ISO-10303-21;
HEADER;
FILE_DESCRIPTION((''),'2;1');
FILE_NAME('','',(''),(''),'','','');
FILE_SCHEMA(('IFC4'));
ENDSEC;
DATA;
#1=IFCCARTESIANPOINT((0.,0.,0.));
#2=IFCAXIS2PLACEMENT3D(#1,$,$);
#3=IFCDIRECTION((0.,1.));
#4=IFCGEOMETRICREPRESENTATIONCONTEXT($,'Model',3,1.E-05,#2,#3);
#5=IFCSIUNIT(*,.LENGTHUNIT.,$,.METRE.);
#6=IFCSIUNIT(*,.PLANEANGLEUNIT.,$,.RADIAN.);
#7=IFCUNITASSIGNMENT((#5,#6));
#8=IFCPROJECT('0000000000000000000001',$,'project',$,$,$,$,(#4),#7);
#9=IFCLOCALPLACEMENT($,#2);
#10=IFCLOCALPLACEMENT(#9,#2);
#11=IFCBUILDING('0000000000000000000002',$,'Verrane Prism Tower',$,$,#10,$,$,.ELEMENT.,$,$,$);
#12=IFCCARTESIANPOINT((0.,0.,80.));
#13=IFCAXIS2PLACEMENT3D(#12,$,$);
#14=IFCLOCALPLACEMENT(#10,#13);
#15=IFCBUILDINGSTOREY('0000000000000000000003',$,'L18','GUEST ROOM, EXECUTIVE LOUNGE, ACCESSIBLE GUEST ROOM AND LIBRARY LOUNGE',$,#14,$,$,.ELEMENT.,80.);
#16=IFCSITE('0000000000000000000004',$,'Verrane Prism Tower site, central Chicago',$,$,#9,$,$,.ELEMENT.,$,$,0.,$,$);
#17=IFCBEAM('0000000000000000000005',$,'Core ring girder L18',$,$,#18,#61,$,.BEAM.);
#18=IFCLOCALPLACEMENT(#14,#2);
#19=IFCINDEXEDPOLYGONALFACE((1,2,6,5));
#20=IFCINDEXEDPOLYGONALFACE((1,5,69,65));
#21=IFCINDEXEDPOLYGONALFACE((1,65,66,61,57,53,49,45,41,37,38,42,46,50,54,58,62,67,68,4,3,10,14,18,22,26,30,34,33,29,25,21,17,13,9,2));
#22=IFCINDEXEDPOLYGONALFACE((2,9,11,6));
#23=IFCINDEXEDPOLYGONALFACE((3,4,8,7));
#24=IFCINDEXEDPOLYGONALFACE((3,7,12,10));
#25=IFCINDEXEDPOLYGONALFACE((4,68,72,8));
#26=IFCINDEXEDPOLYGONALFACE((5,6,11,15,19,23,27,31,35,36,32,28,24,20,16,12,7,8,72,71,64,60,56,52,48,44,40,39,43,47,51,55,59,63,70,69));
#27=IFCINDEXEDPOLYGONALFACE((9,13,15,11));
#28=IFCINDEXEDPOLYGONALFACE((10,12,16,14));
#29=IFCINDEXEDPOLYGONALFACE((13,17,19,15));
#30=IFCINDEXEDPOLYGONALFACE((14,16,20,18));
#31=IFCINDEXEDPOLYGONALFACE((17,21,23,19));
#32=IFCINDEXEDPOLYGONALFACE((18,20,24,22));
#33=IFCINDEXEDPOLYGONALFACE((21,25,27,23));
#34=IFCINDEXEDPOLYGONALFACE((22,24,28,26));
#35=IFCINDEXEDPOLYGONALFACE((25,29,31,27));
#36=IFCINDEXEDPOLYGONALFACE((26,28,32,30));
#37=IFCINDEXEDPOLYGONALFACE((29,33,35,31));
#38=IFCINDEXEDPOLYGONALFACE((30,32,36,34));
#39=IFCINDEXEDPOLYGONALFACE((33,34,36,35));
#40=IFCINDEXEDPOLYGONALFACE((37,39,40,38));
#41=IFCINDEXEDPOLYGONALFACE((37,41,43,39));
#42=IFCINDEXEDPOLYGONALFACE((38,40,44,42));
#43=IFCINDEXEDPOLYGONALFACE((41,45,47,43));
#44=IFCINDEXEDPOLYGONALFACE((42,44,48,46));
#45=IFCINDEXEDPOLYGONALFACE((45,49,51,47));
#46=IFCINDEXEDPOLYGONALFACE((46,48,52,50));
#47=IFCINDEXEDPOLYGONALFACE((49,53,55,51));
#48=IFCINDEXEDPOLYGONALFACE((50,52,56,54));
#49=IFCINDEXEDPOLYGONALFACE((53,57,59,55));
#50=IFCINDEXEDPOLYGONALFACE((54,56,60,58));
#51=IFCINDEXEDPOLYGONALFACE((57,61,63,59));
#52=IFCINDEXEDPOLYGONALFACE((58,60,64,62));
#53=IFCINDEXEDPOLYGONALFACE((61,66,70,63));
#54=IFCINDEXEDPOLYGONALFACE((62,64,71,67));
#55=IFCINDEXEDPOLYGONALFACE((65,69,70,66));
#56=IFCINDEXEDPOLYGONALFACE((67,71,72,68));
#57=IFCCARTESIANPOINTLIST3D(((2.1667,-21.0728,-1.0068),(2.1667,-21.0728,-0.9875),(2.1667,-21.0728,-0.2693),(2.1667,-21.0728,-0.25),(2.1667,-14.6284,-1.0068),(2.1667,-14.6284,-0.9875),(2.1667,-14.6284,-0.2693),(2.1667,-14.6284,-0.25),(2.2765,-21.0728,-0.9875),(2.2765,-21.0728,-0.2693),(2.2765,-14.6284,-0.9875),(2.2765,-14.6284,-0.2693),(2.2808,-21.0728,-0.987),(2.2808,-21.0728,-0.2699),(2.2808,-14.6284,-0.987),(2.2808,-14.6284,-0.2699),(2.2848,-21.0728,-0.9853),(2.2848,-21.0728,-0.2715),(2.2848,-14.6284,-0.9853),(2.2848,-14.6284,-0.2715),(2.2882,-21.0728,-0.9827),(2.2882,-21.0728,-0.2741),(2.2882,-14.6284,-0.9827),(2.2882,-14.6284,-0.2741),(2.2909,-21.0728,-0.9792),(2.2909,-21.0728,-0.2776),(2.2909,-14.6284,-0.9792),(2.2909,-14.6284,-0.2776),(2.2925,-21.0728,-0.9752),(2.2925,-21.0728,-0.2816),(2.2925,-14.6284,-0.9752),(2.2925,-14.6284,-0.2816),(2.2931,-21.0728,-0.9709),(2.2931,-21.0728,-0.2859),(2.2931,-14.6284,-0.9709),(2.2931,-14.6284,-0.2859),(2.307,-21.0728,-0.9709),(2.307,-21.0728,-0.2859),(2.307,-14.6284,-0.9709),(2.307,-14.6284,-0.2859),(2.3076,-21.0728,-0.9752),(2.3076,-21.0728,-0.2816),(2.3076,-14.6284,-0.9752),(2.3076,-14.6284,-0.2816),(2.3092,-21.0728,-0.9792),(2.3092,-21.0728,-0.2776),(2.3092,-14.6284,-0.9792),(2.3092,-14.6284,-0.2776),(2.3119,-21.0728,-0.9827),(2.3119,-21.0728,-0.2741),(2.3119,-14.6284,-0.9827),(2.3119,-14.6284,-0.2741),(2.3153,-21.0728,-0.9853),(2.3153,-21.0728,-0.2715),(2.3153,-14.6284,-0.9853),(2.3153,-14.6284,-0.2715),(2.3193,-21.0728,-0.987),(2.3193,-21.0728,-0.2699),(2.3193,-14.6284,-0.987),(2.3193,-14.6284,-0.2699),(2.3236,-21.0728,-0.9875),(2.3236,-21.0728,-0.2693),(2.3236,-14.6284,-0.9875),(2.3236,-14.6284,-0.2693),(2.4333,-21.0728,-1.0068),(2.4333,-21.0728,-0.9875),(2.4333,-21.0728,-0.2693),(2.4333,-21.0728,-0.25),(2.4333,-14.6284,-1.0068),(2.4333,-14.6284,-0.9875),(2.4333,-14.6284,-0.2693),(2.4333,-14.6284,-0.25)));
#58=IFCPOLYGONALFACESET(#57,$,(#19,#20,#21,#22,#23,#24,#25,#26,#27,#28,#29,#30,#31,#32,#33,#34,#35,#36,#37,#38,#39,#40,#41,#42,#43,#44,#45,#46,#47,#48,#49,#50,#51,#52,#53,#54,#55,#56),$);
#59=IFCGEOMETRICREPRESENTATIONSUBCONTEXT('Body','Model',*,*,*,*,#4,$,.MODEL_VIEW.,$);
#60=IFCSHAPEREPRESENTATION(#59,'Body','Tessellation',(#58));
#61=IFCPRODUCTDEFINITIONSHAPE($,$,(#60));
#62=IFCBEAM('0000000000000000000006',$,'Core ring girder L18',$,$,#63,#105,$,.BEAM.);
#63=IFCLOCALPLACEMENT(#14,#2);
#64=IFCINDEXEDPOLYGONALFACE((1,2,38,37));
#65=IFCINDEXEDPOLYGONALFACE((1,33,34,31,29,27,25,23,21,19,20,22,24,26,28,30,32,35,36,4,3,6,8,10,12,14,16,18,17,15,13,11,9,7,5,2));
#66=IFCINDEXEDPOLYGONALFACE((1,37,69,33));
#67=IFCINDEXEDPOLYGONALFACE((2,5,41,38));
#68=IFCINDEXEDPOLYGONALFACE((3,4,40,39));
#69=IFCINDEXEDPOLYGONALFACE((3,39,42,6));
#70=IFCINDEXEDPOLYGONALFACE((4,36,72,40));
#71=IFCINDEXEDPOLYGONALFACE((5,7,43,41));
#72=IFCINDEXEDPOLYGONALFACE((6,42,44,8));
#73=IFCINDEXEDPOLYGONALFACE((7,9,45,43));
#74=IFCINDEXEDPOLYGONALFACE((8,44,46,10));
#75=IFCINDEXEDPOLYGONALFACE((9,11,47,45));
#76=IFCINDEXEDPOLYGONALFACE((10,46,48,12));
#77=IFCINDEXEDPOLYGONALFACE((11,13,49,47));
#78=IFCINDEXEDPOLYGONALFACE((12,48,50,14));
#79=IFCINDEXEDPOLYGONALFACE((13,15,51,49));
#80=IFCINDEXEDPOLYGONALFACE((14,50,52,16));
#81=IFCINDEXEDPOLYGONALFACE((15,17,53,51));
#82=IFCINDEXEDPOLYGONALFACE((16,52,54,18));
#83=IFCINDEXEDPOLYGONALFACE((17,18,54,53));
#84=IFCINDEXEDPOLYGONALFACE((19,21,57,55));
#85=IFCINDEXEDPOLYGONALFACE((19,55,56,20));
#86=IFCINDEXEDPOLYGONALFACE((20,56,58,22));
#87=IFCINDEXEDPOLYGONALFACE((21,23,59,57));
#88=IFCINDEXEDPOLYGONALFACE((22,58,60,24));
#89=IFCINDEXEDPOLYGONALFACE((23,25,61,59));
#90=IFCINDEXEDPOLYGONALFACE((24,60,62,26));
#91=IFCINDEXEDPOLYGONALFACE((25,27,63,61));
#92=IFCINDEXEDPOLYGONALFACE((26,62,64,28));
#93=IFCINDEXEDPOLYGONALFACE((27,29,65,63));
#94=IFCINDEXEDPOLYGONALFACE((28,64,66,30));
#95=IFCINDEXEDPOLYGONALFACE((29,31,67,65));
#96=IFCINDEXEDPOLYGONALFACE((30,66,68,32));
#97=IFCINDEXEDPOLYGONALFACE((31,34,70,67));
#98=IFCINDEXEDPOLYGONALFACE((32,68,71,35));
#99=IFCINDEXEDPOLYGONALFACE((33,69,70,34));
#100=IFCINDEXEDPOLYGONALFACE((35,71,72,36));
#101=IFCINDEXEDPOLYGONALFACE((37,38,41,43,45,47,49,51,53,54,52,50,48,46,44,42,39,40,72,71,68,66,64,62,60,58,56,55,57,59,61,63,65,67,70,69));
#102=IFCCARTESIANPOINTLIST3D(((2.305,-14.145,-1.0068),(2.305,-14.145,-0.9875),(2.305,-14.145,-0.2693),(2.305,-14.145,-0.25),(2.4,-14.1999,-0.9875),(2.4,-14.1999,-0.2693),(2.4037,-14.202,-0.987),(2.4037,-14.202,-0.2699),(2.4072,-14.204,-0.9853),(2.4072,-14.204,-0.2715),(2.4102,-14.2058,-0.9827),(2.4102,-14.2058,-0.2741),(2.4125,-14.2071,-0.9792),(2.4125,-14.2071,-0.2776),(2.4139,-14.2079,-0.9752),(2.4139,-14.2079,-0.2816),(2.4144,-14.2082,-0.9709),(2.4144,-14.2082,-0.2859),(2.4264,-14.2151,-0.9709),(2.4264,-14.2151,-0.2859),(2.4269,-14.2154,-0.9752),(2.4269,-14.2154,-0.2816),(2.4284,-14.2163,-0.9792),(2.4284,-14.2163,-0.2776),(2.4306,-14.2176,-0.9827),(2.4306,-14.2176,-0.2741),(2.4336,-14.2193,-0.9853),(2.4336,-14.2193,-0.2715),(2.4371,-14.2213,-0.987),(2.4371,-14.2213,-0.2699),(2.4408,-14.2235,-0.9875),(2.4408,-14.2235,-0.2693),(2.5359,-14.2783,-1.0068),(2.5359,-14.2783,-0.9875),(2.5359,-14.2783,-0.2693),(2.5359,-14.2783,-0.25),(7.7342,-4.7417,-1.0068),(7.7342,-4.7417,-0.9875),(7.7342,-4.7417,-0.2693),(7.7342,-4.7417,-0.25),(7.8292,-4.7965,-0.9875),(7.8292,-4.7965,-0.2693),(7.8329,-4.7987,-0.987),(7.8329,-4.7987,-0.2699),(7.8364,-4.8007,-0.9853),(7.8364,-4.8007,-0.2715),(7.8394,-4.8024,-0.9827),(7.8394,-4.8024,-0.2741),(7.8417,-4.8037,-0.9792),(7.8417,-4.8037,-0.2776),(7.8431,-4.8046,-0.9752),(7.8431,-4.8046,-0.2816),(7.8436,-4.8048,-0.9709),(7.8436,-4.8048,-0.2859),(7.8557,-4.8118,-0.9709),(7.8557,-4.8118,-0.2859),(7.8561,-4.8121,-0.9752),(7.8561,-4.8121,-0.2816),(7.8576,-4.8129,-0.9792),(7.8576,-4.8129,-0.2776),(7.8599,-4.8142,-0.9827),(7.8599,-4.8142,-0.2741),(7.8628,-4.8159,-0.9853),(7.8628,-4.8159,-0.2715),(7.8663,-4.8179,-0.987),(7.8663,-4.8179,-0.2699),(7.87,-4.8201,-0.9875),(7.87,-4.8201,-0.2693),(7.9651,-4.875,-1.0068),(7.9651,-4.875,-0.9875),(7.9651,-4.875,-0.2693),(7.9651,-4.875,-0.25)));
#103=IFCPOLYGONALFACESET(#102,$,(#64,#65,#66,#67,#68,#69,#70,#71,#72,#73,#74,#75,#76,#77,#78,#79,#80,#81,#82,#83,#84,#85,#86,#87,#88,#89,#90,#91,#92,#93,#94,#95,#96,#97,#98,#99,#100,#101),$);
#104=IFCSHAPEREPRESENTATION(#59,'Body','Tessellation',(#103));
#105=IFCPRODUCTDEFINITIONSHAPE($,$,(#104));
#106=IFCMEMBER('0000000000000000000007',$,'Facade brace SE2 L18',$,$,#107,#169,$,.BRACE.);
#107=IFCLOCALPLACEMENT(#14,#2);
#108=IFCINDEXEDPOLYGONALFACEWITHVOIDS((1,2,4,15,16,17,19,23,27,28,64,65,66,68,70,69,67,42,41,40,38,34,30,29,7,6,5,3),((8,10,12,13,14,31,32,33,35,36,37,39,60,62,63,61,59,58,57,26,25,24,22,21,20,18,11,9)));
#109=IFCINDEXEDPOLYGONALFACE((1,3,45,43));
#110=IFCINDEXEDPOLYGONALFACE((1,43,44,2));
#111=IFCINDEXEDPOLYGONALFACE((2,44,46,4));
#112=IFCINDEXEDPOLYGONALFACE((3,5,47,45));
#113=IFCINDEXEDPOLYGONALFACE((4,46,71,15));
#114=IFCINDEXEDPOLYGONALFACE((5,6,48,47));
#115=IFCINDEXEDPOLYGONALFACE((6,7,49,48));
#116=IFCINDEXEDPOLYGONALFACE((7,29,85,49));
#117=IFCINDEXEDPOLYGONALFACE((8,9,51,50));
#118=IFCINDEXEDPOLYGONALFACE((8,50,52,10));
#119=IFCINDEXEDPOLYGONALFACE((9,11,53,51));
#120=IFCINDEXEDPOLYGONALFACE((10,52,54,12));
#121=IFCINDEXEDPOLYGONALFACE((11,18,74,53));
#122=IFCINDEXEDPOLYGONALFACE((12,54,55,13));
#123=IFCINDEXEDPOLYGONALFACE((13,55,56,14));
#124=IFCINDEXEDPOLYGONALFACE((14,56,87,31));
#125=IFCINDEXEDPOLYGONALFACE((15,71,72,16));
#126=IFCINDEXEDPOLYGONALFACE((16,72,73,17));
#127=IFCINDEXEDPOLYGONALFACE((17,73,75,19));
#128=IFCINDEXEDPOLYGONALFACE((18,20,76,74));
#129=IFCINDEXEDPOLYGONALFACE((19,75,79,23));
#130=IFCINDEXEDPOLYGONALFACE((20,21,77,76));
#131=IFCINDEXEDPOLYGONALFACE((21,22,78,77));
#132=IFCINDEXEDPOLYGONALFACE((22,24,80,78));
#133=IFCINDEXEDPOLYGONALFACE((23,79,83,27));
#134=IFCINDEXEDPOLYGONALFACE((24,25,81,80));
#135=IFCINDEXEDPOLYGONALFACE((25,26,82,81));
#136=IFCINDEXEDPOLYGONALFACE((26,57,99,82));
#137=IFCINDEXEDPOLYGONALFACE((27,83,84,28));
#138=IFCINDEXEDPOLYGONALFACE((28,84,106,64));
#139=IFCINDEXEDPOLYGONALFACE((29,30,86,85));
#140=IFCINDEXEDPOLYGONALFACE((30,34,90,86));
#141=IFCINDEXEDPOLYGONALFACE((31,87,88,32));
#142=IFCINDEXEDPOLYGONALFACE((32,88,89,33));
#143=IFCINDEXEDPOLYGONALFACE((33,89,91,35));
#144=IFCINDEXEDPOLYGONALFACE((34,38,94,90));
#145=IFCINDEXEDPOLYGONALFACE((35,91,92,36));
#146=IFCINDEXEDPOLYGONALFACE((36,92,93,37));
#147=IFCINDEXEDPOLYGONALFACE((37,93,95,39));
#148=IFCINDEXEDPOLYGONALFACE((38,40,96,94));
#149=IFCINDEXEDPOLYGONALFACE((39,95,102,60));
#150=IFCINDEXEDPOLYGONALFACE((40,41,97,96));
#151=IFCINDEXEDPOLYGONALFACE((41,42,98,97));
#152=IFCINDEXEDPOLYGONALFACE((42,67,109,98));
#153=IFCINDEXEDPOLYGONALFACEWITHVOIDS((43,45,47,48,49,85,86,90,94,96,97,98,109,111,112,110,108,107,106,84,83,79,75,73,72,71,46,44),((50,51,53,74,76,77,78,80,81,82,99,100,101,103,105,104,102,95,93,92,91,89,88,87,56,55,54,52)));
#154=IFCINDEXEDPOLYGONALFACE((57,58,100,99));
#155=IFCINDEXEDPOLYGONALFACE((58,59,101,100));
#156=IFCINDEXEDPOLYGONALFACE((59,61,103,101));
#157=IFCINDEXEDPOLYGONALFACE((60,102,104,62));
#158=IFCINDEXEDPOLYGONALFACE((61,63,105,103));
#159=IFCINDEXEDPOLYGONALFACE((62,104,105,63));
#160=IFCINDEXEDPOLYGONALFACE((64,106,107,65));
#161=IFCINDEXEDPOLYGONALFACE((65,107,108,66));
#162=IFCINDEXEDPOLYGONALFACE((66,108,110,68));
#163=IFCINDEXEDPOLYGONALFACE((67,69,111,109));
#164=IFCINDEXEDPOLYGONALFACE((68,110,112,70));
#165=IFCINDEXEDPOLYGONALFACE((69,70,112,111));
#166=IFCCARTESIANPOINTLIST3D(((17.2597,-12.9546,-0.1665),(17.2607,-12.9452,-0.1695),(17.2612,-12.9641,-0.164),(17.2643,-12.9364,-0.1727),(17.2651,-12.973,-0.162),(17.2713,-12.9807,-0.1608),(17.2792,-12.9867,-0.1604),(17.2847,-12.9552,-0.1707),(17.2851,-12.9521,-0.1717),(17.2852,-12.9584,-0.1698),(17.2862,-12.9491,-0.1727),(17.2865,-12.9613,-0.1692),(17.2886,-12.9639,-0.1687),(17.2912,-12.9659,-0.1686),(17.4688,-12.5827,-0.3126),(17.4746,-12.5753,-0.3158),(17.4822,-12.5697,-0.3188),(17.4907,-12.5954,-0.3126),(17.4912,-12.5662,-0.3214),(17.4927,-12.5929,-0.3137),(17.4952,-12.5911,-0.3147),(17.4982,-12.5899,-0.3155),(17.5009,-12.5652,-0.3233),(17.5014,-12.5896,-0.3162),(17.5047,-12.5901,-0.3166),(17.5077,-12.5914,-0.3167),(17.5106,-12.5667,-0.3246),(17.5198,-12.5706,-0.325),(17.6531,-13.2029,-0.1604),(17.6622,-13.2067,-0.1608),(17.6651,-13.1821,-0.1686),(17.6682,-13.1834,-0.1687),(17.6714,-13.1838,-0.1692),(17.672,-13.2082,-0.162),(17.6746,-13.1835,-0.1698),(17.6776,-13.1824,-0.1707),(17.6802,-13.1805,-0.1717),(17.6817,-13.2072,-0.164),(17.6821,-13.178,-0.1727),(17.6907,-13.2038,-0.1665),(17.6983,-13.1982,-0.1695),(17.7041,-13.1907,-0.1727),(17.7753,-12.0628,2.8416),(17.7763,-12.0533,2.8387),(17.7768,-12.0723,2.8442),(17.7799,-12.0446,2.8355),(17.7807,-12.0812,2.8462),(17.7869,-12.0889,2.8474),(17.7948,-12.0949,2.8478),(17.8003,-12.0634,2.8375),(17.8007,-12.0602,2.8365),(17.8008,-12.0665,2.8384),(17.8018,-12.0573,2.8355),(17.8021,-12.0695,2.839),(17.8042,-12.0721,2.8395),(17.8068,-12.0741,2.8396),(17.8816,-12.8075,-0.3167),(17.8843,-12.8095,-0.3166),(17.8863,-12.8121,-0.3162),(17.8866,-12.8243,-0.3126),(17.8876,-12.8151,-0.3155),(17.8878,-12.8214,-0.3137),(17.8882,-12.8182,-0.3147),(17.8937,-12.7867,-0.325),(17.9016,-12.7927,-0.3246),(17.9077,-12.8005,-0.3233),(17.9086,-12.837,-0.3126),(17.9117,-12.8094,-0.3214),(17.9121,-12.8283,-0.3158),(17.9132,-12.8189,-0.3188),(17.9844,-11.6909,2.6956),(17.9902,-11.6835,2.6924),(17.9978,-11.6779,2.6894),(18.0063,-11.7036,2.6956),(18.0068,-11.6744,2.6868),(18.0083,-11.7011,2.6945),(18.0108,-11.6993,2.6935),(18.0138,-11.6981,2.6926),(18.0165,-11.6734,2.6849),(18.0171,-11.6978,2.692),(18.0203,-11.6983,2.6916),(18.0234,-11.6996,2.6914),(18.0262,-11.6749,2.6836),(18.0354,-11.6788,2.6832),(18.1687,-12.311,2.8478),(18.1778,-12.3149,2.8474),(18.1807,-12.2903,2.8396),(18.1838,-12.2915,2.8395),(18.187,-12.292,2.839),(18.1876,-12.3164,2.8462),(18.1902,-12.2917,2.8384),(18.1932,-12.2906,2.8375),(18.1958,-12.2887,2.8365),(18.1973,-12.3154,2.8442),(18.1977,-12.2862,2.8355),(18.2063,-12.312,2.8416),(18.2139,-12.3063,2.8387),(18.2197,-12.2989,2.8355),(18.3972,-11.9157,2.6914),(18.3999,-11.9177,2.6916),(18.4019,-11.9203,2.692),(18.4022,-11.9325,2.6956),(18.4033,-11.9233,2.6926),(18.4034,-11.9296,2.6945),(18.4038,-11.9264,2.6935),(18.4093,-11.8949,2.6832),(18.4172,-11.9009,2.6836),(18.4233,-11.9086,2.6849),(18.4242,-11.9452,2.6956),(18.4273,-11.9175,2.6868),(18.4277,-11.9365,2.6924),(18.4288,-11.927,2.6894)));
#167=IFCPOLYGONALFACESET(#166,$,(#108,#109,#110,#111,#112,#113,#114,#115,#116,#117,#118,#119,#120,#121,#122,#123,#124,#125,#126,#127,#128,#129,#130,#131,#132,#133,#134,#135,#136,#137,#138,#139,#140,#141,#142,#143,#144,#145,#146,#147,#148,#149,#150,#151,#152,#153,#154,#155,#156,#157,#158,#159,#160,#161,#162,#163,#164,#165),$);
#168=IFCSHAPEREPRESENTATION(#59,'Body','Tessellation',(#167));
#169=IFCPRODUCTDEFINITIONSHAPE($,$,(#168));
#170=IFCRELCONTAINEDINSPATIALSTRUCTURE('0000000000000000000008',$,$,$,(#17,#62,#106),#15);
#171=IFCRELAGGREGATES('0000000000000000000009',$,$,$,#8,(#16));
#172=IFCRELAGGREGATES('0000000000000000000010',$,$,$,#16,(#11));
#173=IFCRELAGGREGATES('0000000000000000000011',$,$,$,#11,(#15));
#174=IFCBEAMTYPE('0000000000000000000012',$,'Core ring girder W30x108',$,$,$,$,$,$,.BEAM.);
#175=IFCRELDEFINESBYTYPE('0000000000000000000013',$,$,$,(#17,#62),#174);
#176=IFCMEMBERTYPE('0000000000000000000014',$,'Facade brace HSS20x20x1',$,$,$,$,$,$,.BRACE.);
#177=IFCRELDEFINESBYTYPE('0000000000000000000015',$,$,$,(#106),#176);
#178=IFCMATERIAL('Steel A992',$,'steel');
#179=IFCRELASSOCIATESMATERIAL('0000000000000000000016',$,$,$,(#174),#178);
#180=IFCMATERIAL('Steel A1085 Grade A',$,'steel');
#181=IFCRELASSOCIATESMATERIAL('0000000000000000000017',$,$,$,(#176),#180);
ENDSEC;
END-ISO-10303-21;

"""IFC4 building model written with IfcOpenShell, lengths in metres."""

from ifc_helpers import new_model, si_unit, direction, frame, origin, origin_2d, place, context, subcontext, project, spatial, hollow_rectangle, i_section, extrude, material, material_profile, profile_set, type_object, element, save


model = new_model("IFC4")

# Units and contexts
model_context = context("Model", 3, precision=1e-05, world=origin(), true_north=direction((0.0, 1.0)))
body_context = subcontext(model_context, "Body", "Model", "MODEL_VIEW")
ifc_project = project(units=[si_unit("LENGTHUNIT", "METRE"), si_unit("PLANEANGLEUNIT", "RADIAN")], contexts=[model_context])

# Site, building, storey
site_placement = place(None, origin())
site = spatial("IfcSite", under=ifc_project, at=site_placement, Name="Verrane Prism Tower site, central Chicago", CompositionType="ELEMENT", RefElevation=0.0)
building_placement = place(site_placement, origin())
building = spatial("IfcBuilding", under=site, at=building_placement, Name="Verrane Prism Tower", CompositionType="ELEMENT")
storey_placement = place(building_placement, frame((0.0, 0.0, 80.0)))
storey = spatial("IfcBuildingStorey", under=building, at=storey_placement, Name="L18", Description="GUEST ROOM, EXECUTIVE LOUNGE, ACCESSIBLE GUEST ROOM AND LIBRARY LOUNGE", CompositionType="ELEMENT", Elevation=80.0)

# Beams
ifc_material_1 = material(Name="Steel A992", Category="steel")
ifc_material_profile_1 = material_profile(ifc_material_1, i_section(OverallWidth=0.2666, OverallDepth=0.7568, WebThickness=0.0139, FlangeThickness=0.0193, FilletRadius=0.0166, at=origin_2d()), Name="W30x108")
ifc_profile_set_1 = profile_set([ifc_material_profile_1], Name="Steel A992")
beam_type_1 = type_object("IfcBeamType", Name="Core ring girder W30x108", PredefinedType="BEAM", material=ifc_profile_set_1)
beam_1_placement = place(storey_placement, frame((2.3, -21.0728, -0.6284), z_axis=(0.0, 1.0, 0.0), x_axis=(-1.0, 0.0, 0.0)))
element("IfcBeam", 1, at=beam_1_placement, inside=storey, type_object=beam_type_1, Name="Core ring girder L18", PredefinedType="BEAM", context=body_context, shape_type="SweptSolid", body=[
    extrude(i_section(OverallWidth=0.2666, OverallDepth=0.7568, WebThickness=0.0139, FlangeThickness=0.0193, FilletRadius=0.0166, at=origin_2d()), origin(), (0.0, 0.0, 1.0), 6.4443),
])
beam_2_placement = place(storey_placement, frame((2.4204, -14.2117, -0.6284), z_axis=(0.500013, 0.866018, 0.0), x_axis=(-0.866018, 0.500013, 0.0)))
element("IfcBeam", 2, at=beam_2_placement, inside=storey, type_object=beam_type_1, Name="Core ring girder L18", PredefinedType="BEAM", context=body_context, shape_type="SweptSolid", body=[
    extrude(i_section(OverallWidth=0.2666, OverallDepth=0.7568, WebThickness=0.0139, FlangeThickness=0.0193, FilletRadius=0.0166, at=origin_2d()), origin(), (0.0, 0.0, 1.0), 10.8582),
])

# Member
ifc_material_2 = material(Name="Steel A1085 Grade A", Category="steel")
ifc_material_profile_2 = material_profile(ifc_material_2, hollow_rectangle(XDim=0.5081, YDim=0.5081, WallThickness=0.0254, InnerFilletRadius=0.0127, OuterFilletRadius=0.0381, at=origin_2d()), Name="HSS20x20x1")
ifc_profile_set_2 = profile_set([ifc_material_profile_2], Name="Steel A1085 Grade A")
member_type_1 = type_object("IfcMemberType", Name="Facade brace HSS20x20x1", PredefinedType="BRACE", material=ifc_profile_set_2)
member_1_placement = place(storey_placement, frame((17.5864, -12.8867, -0.2427), z_axis=(0.162156, 0.280472, 0.946066), x_axis=(-0.865724, 0.500522, 0.0)))
element("IfcMember", 3, at=member_1_placement, inside=storey, type_object=member_type_1, Name="Facade brace SE2 L18", PredefinedType="BRACE", context=body_context, shape_type="SweptSolid", body=[
    extrude(hollow_rectangle(XDim=0.5081, YDim=0.5081, WallThickness=0.0254, InnerFilletRadius=0.0127, OuterFilletRadius=0.0381, at=origin_2d()), origin(), (0.0, 0.0, 1.0), 3.1797),
])

save(model, "model.ifc")
